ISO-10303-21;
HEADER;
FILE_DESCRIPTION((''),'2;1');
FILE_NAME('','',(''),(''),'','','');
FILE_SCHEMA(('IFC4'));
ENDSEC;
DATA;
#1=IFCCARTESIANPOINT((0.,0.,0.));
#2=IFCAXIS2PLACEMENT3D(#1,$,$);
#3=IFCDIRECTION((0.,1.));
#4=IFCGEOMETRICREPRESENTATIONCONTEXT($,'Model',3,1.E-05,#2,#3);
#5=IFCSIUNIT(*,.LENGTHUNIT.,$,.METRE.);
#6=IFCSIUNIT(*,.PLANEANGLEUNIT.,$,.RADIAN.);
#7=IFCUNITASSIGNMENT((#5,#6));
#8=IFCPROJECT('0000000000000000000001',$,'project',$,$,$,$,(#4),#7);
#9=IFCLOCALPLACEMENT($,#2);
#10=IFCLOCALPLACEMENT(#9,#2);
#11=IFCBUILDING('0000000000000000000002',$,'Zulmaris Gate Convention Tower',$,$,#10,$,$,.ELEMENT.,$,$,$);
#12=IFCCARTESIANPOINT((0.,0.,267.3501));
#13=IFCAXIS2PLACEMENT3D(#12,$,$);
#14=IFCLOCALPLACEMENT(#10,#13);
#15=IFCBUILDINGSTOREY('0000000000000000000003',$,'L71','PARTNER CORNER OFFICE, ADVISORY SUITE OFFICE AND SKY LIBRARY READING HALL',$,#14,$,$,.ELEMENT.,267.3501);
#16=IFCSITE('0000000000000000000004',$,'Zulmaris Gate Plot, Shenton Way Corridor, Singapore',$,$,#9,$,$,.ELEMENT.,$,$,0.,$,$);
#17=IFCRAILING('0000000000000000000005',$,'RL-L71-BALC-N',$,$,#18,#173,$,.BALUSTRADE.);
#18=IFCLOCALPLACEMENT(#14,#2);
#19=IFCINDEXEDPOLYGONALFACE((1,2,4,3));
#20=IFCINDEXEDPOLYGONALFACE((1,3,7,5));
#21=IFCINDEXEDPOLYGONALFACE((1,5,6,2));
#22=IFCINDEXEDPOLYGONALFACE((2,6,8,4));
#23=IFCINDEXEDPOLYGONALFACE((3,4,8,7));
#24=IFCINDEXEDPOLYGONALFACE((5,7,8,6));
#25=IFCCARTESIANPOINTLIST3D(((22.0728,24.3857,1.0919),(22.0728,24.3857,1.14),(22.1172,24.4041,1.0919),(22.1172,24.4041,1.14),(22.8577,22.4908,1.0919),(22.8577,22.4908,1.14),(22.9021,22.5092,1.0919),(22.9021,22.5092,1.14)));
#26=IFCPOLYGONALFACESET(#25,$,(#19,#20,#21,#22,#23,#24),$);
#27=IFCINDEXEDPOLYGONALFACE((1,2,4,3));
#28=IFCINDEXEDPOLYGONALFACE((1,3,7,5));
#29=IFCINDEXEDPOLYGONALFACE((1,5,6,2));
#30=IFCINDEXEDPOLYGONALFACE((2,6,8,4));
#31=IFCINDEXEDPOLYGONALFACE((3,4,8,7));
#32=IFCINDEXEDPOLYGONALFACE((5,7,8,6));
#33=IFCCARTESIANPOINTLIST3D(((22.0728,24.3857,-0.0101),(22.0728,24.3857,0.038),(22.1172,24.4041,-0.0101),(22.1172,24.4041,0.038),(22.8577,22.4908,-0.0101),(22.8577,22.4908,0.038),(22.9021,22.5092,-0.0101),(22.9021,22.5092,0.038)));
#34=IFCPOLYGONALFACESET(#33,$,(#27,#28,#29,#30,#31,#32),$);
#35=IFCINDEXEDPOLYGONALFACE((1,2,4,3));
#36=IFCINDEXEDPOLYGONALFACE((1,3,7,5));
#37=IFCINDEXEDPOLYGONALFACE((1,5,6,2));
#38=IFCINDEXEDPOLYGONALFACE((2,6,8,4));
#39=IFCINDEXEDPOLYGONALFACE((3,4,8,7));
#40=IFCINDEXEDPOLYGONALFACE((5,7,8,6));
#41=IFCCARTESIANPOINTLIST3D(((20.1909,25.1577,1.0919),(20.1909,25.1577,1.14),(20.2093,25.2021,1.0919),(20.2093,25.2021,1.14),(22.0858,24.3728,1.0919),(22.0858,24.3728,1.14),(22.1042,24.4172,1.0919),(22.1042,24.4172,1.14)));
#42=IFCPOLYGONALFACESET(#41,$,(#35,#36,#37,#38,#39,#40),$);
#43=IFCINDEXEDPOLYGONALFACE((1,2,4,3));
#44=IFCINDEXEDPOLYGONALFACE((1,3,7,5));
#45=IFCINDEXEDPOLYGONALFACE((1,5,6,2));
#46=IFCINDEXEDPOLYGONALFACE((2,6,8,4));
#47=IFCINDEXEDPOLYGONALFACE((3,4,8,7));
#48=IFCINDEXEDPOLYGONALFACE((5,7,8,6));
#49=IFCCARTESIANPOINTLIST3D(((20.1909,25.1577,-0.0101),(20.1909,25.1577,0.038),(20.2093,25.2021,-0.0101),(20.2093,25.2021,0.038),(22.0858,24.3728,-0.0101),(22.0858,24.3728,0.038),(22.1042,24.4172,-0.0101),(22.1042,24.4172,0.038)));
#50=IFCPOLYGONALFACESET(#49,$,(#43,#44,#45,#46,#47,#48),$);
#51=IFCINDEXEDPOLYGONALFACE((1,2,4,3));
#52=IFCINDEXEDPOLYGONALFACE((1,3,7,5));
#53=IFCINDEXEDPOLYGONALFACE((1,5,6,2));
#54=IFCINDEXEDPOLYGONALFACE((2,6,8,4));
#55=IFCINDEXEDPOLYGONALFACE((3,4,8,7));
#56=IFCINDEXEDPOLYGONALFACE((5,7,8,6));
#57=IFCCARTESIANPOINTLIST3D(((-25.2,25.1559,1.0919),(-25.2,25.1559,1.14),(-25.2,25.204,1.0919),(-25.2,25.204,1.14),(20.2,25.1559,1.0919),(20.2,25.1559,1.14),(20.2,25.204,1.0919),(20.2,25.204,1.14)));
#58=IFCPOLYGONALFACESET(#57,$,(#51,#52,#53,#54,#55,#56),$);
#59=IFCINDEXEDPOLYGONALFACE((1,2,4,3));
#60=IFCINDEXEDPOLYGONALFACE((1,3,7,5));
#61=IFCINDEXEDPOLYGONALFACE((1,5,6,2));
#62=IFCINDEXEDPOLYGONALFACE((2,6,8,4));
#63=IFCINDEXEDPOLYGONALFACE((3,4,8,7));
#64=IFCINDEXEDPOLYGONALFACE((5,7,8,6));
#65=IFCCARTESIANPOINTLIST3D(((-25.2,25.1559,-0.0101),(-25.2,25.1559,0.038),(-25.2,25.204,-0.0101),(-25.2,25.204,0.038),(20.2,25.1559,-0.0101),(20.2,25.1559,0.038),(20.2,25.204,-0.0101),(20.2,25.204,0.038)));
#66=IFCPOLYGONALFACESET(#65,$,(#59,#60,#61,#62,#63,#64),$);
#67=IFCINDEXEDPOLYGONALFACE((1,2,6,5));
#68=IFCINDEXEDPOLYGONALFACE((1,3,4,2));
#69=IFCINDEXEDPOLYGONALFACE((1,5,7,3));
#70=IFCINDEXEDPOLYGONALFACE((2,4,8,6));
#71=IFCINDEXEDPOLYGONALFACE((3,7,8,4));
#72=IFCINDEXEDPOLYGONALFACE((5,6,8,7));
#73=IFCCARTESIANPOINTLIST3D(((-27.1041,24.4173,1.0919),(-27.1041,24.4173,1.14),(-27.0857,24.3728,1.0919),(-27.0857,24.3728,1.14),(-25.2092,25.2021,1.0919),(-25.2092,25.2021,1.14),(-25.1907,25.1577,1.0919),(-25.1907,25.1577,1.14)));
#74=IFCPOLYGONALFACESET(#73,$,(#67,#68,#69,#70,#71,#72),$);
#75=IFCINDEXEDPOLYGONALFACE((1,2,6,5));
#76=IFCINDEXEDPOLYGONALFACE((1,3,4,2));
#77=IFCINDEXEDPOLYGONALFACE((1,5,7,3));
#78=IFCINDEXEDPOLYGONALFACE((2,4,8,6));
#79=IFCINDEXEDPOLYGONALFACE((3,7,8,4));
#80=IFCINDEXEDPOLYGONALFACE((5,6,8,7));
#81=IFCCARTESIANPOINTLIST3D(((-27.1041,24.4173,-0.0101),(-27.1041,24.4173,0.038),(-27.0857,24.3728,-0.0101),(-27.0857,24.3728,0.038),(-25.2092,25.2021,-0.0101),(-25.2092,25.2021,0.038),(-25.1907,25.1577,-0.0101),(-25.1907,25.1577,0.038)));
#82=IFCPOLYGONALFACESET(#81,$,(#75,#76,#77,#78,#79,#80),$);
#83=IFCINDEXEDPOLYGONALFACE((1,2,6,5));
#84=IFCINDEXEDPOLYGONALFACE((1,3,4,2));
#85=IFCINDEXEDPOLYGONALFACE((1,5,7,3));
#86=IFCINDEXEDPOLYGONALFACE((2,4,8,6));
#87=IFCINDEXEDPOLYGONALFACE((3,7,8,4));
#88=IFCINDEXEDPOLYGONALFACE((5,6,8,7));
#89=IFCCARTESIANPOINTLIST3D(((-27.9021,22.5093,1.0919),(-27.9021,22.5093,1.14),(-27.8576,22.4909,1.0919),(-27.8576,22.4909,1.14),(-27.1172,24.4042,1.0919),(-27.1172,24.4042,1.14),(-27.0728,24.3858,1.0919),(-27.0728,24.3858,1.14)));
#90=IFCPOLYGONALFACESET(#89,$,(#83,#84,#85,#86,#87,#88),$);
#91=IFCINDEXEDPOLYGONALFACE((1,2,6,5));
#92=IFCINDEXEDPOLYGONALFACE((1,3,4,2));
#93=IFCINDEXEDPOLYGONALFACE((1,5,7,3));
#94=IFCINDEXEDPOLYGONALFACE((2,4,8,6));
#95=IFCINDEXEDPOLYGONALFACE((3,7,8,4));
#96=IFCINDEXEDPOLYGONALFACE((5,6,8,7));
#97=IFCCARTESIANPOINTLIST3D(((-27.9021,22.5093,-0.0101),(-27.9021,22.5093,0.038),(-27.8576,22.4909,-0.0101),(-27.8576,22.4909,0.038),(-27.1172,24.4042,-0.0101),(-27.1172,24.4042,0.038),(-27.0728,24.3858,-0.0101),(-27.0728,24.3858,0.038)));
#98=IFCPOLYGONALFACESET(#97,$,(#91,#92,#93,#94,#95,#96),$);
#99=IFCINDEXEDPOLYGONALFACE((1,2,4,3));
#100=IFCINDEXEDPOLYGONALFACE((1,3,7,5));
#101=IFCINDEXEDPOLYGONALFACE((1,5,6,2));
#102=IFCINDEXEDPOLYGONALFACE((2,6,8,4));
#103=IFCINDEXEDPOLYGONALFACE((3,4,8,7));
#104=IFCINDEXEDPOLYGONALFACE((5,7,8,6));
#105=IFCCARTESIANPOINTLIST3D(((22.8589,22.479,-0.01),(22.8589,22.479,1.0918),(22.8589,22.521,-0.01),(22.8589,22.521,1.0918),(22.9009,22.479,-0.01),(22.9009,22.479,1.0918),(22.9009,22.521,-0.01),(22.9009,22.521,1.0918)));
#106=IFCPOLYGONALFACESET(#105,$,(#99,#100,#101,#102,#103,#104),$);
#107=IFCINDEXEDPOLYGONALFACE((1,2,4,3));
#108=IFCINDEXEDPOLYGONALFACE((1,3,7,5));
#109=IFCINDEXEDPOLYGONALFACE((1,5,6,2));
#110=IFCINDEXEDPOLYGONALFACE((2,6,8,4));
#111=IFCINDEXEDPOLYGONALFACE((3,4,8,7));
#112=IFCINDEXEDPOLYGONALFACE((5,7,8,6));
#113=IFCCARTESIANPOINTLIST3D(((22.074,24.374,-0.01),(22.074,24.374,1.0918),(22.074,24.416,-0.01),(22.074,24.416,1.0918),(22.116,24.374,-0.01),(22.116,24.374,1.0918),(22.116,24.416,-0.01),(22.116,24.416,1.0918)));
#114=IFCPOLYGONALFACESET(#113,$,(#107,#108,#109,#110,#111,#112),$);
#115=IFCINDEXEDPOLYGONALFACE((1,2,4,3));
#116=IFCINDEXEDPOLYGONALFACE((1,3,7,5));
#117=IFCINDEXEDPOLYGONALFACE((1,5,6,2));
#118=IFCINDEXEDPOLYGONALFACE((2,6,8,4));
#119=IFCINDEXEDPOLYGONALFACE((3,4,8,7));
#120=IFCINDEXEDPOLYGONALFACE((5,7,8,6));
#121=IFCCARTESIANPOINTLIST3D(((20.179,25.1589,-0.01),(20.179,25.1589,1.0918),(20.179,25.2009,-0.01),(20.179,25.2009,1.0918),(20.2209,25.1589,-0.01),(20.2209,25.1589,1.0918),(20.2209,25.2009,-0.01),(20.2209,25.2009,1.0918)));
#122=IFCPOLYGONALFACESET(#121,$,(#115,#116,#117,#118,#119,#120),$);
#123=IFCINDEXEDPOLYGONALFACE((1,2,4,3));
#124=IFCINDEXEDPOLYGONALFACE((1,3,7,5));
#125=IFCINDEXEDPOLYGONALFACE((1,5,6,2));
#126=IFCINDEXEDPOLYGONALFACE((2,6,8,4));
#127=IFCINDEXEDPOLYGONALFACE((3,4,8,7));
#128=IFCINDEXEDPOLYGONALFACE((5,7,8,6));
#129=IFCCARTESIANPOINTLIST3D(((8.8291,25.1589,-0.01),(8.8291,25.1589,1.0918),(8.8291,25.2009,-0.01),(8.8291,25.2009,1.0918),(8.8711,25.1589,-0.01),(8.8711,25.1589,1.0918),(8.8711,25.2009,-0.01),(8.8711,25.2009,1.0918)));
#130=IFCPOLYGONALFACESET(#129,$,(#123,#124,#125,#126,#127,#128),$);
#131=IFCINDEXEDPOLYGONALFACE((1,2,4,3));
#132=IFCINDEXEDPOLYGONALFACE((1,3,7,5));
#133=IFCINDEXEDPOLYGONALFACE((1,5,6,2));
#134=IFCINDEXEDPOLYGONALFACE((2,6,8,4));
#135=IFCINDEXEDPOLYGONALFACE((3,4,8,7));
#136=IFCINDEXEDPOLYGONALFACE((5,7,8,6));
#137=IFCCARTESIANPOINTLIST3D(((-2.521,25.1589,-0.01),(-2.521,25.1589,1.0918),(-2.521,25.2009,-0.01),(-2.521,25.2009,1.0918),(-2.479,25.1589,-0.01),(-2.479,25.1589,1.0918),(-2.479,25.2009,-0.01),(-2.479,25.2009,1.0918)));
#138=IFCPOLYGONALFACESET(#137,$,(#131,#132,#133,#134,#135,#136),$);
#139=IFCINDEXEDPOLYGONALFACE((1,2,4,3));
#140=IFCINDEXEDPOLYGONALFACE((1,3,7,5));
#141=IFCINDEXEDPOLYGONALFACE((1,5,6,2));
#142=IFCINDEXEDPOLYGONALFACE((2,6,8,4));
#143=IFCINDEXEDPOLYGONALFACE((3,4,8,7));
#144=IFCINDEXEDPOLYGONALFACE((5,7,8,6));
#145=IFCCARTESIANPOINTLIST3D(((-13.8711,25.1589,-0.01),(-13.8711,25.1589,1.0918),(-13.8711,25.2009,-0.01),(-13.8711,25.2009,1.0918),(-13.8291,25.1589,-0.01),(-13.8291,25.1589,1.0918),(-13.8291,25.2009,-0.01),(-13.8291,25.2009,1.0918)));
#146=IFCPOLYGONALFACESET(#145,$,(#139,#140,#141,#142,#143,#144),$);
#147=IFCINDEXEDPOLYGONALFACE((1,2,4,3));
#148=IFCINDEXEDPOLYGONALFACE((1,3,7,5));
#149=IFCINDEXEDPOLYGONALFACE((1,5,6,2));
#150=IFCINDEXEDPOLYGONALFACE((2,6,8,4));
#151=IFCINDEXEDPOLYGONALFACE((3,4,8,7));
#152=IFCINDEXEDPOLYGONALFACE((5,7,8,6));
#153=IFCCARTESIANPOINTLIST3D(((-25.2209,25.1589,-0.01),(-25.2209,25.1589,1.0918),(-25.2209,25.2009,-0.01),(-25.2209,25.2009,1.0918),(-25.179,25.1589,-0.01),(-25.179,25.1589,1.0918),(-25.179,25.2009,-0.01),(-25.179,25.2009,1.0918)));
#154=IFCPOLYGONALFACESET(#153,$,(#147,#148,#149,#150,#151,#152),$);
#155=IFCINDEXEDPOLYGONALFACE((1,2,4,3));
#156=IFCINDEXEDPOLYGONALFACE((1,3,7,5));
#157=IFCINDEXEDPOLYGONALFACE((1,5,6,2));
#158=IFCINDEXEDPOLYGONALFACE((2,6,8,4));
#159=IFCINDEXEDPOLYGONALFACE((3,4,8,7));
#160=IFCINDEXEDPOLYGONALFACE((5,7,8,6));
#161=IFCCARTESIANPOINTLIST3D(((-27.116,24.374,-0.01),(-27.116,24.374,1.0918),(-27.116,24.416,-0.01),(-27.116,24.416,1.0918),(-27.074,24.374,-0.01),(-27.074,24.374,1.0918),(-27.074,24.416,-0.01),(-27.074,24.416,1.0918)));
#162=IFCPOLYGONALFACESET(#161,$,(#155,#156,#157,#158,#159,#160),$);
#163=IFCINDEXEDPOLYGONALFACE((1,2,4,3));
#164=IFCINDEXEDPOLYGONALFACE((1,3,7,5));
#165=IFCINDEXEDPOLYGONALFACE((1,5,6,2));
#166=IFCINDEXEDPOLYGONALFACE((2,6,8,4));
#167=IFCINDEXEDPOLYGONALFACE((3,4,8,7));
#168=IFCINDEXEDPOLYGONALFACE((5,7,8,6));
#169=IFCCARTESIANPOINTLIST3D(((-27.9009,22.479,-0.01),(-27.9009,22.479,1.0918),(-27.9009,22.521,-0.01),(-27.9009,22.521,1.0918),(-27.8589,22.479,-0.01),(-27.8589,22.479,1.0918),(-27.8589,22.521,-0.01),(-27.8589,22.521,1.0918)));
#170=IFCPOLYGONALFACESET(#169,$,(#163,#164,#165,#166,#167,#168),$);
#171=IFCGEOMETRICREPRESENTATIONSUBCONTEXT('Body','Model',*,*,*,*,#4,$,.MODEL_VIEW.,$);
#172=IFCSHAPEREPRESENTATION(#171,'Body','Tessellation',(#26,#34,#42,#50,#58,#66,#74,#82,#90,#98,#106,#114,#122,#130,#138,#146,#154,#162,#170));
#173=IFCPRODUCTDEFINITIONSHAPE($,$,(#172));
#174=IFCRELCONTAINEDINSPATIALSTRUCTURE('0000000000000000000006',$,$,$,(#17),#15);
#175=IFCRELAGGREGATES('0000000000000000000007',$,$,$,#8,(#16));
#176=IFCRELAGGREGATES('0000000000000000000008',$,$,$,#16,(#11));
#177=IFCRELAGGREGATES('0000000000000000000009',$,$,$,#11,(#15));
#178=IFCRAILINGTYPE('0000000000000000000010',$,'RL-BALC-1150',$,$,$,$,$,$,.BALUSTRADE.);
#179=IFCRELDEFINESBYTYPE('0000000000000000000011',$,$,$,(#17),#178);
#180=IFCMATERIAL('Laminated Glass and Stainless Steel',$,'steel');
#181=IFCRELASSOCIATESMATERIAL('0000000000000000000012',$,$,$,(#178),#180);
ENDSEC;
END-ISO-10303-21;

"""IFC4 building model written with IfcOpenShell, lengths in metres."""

from ifc_helpers import new_model, si_unit, direction, frame, origin, origin_2d, place, context, subcontext, project, spatial, rectangle, extrude, material, type_object, element, save


model = new_model("IFC4")

# Units and contexts
model_context = context("Model", 3, precision=1e-05, world=origin(), true_north=direction((0.0, 1.0)))
body_context = subcontext(model_context, "Body", "Model", "MODEL_VIEW")
ifc_project = project(units=[si_unit("LENGTHUNIT", "METRE"), si_unit("PLANEANGLEUNIT", "RADIAN")], contexts=[model_context])

# Site, building, storey
site_placement = place(None, origin())
site = spatial("IfcSite", under=ifc_project, at=site_placement, Name="Zulmaris Gate Plot, Shenton Way Corridor, Singapore", CompositionType="ELEMENT", RefElevation=0.0)
building_placement = place(site_placement, origin())
building = spatial("IfcBuilding", under=site, at=building_placement, Name="Zulmaris Gate Convention Tower", CompositionType="ELEMENT")
storey_placement = place(building_placement, frame((0.0, 0.0, 267.3501)))
storey = spatial("IfcBuildingStorey", under=building, at=storey_placement, Name="L71", Description="PARTNER CORNER OFFICE, ADVISORY SUITE OFFICE AND SKY LIBRARY READING HALL", CompositionType="ELEMENT", Elevation=267.3501)

# Railing
ifc_material_1 = material(Name="Laminated Glass and Stainless Steel", Category="steel")
railing_type = type_object("IfcRailingType", Name="RL-BALC-1150", PredefinedType="BALUSTRADE", material=ifc_material_1)
railing_placement = place(storey_placement, frame((22.8799, 22.5, -0.01)))
element("IfcRailing", 1, at=railing_placement, inside=storey, type_object=railing_type, Name="RL-L71-BALC-N", PredefinedType="BALUSTRADE", context=body_context, shape_type="SweptSolid", body=[
    extrude(rectangle(XDim=0.0481, YDim=0.0481, at=origin_2d()), frame((0.0, 0.0, 1.126), z_axis=(-0.382671, 0.923885, 0.0), x_axis=(-0.923885, -0.382671, 0.0)), (0.0, 0.0, 1.0), 2.051),
    extrude(rectangle(XDim=0.0481, YDim=0.0481, at=origin_2d()), frame((0.0, 0.0, 0.0239), z_axis=(-0.382671, 0.923885, 0.0), x_axis=(-0.923885, -0.382671, 0.0)), (0.0, 0.0, 1.0), 2.051),
    extrude(rectangle(XDim=0.0481, YDim=0.0481, at=origin_2d()), frame((-0.7849, 1.895, 1.126), z_axis=(-0.923885, 0.382671, 0.0), x_axis=(-0.382671, -0.923885, 0.0)), (0.0, 0.0, 1.0), 2.051),
    extrude(rectangle(XDim=0.0481, YDim=0.0481, at=origin_2d()), frame((-0.7849, 1.895, 0.0239), z_axis=(-0.923885, 0.382671, 0.0), x_axis=(-0.382671, -0.923885, 0.0)), (0.0, 0.0, 1.0), 2.051),
    extrude(rectangle(XDim=0.0481, YDim=0.0481, at=origin_2d()), frame((-2.6799, 2.6799, 1.126), z_axis=(-1.0, 0.0, 0.0), x_axis=(0.0, -1.0, 0.0)), (0.0, 0.0, 1.0), 45.3999),
    extrude(rectangle(XDim=0.0481, YDim=0.0481, at=origin_2d()), frame((-2.6799, 2.6799, 0.0239), z_axis=(-1.0, 0.0, 0.0), x_axis=(0.0, -1.0, 0.0)), (0.0, 0.0, 1.0), 45.3999),
    extrude(rectangle(XDim=0.0481, YDim=0.0481, at=origin_2d()), frame((-48.0798, 2.6799, 1.126), z_axis=(-0.923885, -0.382671, 0.0), x_axis=(0.382671, -0.923885, 0.0)), (0.0, 0.0, 1.0), 2.051),
    extrude(rectangle(XDim=0.0481, YDim=0.0481, at=origin_2d()), frame((-48.0798, 2.6799, 0.0239), z_axis=(-0.923885, -0.382671, 0.0), x_axis=(0.382671, -0.923885, 0.0)), (0.0, 0.0, 1.0), 2.051),
    extrude(rectangle(XDim=0.0481, YDim=0.0481, at=origin_2d()), frame((-49.9749, 1.895, 1.126), z_axis=(-0.382671, -0.923885, 0.0), x_axis=(0.923885, -0.382671, 0.0)), (0.0, 0.0, 1.0), 2.051),
    extrude(rectangle(XDim=0.0481, YDim=0.0481, at=origin_2d()), frame((-49.9749, 1.895, 0.0239), z_axis=(-0.382671, -0.923885, 0.0), x_axis=(0.923885, -0.382671, 0.0)), (0.0, 0.0, 1.0), 2.051),
    extrude(rectangle(XDim=0.042, YDim=0.042, at=origin_2d()), origin(), (0.0, 0.0, 1.0), 1.1018),
    extrude(rectangle(XDim=0.042, YDim=0.042, at=origin_2d()), frame((-0.7849, 1.895, 0.0)), (0.0, 0.0, 1.0), 1.1018),
    extrude(rectangle(XDim=0.042, YDim=0.042, at=origin_2d()), frame((-2.6799, 2.6799, 0.0)), (0.0, 0.0, 1.0), 1.1018),
    extrude(rectangle(XDim=0.042, YDim=0.042, at=origin_2d()), frame((-14.0298, 2.6799, 0.0)), (0.0, 0.0, 1.0), 1.1018),
    extrude(rectangle(XDim=0.042, YDim=0.042, at=origin_2d()), frame((-25.3799, 2.6799, 0.0)), (0.0, 0.0, 1.0), 1.1018),
    extrude(rectangle(XDim=0.042, YDim=0.042, at=origin_2d()), frame((-36.73, 2.6799, 0.0)), (0.0, 0.0, 1.0), 1.1018),
    extrude(rectangle(XDim=0.042, YDim=0.042, at=origin_2d()), frame((-48.0798, 2.6799, 0.0)), (0.0, 0.0, 1.0), 1.1018),
    extrude(rectangle(XDim=0.042, YDim=0.042, at=origin_2d()), frame((-49.9749, 1.895, 0.0)), (0.0, 0.0, 1.0), 1.1018),
    extrude(rectangle(XDim=0.042, YDim=0.042, at=origin_2d()), frame((-50.7598, 0.0, 0.0)), (0.0, 0.0, 1.0), 1.1018),
])

save(model, "model.ifc")
